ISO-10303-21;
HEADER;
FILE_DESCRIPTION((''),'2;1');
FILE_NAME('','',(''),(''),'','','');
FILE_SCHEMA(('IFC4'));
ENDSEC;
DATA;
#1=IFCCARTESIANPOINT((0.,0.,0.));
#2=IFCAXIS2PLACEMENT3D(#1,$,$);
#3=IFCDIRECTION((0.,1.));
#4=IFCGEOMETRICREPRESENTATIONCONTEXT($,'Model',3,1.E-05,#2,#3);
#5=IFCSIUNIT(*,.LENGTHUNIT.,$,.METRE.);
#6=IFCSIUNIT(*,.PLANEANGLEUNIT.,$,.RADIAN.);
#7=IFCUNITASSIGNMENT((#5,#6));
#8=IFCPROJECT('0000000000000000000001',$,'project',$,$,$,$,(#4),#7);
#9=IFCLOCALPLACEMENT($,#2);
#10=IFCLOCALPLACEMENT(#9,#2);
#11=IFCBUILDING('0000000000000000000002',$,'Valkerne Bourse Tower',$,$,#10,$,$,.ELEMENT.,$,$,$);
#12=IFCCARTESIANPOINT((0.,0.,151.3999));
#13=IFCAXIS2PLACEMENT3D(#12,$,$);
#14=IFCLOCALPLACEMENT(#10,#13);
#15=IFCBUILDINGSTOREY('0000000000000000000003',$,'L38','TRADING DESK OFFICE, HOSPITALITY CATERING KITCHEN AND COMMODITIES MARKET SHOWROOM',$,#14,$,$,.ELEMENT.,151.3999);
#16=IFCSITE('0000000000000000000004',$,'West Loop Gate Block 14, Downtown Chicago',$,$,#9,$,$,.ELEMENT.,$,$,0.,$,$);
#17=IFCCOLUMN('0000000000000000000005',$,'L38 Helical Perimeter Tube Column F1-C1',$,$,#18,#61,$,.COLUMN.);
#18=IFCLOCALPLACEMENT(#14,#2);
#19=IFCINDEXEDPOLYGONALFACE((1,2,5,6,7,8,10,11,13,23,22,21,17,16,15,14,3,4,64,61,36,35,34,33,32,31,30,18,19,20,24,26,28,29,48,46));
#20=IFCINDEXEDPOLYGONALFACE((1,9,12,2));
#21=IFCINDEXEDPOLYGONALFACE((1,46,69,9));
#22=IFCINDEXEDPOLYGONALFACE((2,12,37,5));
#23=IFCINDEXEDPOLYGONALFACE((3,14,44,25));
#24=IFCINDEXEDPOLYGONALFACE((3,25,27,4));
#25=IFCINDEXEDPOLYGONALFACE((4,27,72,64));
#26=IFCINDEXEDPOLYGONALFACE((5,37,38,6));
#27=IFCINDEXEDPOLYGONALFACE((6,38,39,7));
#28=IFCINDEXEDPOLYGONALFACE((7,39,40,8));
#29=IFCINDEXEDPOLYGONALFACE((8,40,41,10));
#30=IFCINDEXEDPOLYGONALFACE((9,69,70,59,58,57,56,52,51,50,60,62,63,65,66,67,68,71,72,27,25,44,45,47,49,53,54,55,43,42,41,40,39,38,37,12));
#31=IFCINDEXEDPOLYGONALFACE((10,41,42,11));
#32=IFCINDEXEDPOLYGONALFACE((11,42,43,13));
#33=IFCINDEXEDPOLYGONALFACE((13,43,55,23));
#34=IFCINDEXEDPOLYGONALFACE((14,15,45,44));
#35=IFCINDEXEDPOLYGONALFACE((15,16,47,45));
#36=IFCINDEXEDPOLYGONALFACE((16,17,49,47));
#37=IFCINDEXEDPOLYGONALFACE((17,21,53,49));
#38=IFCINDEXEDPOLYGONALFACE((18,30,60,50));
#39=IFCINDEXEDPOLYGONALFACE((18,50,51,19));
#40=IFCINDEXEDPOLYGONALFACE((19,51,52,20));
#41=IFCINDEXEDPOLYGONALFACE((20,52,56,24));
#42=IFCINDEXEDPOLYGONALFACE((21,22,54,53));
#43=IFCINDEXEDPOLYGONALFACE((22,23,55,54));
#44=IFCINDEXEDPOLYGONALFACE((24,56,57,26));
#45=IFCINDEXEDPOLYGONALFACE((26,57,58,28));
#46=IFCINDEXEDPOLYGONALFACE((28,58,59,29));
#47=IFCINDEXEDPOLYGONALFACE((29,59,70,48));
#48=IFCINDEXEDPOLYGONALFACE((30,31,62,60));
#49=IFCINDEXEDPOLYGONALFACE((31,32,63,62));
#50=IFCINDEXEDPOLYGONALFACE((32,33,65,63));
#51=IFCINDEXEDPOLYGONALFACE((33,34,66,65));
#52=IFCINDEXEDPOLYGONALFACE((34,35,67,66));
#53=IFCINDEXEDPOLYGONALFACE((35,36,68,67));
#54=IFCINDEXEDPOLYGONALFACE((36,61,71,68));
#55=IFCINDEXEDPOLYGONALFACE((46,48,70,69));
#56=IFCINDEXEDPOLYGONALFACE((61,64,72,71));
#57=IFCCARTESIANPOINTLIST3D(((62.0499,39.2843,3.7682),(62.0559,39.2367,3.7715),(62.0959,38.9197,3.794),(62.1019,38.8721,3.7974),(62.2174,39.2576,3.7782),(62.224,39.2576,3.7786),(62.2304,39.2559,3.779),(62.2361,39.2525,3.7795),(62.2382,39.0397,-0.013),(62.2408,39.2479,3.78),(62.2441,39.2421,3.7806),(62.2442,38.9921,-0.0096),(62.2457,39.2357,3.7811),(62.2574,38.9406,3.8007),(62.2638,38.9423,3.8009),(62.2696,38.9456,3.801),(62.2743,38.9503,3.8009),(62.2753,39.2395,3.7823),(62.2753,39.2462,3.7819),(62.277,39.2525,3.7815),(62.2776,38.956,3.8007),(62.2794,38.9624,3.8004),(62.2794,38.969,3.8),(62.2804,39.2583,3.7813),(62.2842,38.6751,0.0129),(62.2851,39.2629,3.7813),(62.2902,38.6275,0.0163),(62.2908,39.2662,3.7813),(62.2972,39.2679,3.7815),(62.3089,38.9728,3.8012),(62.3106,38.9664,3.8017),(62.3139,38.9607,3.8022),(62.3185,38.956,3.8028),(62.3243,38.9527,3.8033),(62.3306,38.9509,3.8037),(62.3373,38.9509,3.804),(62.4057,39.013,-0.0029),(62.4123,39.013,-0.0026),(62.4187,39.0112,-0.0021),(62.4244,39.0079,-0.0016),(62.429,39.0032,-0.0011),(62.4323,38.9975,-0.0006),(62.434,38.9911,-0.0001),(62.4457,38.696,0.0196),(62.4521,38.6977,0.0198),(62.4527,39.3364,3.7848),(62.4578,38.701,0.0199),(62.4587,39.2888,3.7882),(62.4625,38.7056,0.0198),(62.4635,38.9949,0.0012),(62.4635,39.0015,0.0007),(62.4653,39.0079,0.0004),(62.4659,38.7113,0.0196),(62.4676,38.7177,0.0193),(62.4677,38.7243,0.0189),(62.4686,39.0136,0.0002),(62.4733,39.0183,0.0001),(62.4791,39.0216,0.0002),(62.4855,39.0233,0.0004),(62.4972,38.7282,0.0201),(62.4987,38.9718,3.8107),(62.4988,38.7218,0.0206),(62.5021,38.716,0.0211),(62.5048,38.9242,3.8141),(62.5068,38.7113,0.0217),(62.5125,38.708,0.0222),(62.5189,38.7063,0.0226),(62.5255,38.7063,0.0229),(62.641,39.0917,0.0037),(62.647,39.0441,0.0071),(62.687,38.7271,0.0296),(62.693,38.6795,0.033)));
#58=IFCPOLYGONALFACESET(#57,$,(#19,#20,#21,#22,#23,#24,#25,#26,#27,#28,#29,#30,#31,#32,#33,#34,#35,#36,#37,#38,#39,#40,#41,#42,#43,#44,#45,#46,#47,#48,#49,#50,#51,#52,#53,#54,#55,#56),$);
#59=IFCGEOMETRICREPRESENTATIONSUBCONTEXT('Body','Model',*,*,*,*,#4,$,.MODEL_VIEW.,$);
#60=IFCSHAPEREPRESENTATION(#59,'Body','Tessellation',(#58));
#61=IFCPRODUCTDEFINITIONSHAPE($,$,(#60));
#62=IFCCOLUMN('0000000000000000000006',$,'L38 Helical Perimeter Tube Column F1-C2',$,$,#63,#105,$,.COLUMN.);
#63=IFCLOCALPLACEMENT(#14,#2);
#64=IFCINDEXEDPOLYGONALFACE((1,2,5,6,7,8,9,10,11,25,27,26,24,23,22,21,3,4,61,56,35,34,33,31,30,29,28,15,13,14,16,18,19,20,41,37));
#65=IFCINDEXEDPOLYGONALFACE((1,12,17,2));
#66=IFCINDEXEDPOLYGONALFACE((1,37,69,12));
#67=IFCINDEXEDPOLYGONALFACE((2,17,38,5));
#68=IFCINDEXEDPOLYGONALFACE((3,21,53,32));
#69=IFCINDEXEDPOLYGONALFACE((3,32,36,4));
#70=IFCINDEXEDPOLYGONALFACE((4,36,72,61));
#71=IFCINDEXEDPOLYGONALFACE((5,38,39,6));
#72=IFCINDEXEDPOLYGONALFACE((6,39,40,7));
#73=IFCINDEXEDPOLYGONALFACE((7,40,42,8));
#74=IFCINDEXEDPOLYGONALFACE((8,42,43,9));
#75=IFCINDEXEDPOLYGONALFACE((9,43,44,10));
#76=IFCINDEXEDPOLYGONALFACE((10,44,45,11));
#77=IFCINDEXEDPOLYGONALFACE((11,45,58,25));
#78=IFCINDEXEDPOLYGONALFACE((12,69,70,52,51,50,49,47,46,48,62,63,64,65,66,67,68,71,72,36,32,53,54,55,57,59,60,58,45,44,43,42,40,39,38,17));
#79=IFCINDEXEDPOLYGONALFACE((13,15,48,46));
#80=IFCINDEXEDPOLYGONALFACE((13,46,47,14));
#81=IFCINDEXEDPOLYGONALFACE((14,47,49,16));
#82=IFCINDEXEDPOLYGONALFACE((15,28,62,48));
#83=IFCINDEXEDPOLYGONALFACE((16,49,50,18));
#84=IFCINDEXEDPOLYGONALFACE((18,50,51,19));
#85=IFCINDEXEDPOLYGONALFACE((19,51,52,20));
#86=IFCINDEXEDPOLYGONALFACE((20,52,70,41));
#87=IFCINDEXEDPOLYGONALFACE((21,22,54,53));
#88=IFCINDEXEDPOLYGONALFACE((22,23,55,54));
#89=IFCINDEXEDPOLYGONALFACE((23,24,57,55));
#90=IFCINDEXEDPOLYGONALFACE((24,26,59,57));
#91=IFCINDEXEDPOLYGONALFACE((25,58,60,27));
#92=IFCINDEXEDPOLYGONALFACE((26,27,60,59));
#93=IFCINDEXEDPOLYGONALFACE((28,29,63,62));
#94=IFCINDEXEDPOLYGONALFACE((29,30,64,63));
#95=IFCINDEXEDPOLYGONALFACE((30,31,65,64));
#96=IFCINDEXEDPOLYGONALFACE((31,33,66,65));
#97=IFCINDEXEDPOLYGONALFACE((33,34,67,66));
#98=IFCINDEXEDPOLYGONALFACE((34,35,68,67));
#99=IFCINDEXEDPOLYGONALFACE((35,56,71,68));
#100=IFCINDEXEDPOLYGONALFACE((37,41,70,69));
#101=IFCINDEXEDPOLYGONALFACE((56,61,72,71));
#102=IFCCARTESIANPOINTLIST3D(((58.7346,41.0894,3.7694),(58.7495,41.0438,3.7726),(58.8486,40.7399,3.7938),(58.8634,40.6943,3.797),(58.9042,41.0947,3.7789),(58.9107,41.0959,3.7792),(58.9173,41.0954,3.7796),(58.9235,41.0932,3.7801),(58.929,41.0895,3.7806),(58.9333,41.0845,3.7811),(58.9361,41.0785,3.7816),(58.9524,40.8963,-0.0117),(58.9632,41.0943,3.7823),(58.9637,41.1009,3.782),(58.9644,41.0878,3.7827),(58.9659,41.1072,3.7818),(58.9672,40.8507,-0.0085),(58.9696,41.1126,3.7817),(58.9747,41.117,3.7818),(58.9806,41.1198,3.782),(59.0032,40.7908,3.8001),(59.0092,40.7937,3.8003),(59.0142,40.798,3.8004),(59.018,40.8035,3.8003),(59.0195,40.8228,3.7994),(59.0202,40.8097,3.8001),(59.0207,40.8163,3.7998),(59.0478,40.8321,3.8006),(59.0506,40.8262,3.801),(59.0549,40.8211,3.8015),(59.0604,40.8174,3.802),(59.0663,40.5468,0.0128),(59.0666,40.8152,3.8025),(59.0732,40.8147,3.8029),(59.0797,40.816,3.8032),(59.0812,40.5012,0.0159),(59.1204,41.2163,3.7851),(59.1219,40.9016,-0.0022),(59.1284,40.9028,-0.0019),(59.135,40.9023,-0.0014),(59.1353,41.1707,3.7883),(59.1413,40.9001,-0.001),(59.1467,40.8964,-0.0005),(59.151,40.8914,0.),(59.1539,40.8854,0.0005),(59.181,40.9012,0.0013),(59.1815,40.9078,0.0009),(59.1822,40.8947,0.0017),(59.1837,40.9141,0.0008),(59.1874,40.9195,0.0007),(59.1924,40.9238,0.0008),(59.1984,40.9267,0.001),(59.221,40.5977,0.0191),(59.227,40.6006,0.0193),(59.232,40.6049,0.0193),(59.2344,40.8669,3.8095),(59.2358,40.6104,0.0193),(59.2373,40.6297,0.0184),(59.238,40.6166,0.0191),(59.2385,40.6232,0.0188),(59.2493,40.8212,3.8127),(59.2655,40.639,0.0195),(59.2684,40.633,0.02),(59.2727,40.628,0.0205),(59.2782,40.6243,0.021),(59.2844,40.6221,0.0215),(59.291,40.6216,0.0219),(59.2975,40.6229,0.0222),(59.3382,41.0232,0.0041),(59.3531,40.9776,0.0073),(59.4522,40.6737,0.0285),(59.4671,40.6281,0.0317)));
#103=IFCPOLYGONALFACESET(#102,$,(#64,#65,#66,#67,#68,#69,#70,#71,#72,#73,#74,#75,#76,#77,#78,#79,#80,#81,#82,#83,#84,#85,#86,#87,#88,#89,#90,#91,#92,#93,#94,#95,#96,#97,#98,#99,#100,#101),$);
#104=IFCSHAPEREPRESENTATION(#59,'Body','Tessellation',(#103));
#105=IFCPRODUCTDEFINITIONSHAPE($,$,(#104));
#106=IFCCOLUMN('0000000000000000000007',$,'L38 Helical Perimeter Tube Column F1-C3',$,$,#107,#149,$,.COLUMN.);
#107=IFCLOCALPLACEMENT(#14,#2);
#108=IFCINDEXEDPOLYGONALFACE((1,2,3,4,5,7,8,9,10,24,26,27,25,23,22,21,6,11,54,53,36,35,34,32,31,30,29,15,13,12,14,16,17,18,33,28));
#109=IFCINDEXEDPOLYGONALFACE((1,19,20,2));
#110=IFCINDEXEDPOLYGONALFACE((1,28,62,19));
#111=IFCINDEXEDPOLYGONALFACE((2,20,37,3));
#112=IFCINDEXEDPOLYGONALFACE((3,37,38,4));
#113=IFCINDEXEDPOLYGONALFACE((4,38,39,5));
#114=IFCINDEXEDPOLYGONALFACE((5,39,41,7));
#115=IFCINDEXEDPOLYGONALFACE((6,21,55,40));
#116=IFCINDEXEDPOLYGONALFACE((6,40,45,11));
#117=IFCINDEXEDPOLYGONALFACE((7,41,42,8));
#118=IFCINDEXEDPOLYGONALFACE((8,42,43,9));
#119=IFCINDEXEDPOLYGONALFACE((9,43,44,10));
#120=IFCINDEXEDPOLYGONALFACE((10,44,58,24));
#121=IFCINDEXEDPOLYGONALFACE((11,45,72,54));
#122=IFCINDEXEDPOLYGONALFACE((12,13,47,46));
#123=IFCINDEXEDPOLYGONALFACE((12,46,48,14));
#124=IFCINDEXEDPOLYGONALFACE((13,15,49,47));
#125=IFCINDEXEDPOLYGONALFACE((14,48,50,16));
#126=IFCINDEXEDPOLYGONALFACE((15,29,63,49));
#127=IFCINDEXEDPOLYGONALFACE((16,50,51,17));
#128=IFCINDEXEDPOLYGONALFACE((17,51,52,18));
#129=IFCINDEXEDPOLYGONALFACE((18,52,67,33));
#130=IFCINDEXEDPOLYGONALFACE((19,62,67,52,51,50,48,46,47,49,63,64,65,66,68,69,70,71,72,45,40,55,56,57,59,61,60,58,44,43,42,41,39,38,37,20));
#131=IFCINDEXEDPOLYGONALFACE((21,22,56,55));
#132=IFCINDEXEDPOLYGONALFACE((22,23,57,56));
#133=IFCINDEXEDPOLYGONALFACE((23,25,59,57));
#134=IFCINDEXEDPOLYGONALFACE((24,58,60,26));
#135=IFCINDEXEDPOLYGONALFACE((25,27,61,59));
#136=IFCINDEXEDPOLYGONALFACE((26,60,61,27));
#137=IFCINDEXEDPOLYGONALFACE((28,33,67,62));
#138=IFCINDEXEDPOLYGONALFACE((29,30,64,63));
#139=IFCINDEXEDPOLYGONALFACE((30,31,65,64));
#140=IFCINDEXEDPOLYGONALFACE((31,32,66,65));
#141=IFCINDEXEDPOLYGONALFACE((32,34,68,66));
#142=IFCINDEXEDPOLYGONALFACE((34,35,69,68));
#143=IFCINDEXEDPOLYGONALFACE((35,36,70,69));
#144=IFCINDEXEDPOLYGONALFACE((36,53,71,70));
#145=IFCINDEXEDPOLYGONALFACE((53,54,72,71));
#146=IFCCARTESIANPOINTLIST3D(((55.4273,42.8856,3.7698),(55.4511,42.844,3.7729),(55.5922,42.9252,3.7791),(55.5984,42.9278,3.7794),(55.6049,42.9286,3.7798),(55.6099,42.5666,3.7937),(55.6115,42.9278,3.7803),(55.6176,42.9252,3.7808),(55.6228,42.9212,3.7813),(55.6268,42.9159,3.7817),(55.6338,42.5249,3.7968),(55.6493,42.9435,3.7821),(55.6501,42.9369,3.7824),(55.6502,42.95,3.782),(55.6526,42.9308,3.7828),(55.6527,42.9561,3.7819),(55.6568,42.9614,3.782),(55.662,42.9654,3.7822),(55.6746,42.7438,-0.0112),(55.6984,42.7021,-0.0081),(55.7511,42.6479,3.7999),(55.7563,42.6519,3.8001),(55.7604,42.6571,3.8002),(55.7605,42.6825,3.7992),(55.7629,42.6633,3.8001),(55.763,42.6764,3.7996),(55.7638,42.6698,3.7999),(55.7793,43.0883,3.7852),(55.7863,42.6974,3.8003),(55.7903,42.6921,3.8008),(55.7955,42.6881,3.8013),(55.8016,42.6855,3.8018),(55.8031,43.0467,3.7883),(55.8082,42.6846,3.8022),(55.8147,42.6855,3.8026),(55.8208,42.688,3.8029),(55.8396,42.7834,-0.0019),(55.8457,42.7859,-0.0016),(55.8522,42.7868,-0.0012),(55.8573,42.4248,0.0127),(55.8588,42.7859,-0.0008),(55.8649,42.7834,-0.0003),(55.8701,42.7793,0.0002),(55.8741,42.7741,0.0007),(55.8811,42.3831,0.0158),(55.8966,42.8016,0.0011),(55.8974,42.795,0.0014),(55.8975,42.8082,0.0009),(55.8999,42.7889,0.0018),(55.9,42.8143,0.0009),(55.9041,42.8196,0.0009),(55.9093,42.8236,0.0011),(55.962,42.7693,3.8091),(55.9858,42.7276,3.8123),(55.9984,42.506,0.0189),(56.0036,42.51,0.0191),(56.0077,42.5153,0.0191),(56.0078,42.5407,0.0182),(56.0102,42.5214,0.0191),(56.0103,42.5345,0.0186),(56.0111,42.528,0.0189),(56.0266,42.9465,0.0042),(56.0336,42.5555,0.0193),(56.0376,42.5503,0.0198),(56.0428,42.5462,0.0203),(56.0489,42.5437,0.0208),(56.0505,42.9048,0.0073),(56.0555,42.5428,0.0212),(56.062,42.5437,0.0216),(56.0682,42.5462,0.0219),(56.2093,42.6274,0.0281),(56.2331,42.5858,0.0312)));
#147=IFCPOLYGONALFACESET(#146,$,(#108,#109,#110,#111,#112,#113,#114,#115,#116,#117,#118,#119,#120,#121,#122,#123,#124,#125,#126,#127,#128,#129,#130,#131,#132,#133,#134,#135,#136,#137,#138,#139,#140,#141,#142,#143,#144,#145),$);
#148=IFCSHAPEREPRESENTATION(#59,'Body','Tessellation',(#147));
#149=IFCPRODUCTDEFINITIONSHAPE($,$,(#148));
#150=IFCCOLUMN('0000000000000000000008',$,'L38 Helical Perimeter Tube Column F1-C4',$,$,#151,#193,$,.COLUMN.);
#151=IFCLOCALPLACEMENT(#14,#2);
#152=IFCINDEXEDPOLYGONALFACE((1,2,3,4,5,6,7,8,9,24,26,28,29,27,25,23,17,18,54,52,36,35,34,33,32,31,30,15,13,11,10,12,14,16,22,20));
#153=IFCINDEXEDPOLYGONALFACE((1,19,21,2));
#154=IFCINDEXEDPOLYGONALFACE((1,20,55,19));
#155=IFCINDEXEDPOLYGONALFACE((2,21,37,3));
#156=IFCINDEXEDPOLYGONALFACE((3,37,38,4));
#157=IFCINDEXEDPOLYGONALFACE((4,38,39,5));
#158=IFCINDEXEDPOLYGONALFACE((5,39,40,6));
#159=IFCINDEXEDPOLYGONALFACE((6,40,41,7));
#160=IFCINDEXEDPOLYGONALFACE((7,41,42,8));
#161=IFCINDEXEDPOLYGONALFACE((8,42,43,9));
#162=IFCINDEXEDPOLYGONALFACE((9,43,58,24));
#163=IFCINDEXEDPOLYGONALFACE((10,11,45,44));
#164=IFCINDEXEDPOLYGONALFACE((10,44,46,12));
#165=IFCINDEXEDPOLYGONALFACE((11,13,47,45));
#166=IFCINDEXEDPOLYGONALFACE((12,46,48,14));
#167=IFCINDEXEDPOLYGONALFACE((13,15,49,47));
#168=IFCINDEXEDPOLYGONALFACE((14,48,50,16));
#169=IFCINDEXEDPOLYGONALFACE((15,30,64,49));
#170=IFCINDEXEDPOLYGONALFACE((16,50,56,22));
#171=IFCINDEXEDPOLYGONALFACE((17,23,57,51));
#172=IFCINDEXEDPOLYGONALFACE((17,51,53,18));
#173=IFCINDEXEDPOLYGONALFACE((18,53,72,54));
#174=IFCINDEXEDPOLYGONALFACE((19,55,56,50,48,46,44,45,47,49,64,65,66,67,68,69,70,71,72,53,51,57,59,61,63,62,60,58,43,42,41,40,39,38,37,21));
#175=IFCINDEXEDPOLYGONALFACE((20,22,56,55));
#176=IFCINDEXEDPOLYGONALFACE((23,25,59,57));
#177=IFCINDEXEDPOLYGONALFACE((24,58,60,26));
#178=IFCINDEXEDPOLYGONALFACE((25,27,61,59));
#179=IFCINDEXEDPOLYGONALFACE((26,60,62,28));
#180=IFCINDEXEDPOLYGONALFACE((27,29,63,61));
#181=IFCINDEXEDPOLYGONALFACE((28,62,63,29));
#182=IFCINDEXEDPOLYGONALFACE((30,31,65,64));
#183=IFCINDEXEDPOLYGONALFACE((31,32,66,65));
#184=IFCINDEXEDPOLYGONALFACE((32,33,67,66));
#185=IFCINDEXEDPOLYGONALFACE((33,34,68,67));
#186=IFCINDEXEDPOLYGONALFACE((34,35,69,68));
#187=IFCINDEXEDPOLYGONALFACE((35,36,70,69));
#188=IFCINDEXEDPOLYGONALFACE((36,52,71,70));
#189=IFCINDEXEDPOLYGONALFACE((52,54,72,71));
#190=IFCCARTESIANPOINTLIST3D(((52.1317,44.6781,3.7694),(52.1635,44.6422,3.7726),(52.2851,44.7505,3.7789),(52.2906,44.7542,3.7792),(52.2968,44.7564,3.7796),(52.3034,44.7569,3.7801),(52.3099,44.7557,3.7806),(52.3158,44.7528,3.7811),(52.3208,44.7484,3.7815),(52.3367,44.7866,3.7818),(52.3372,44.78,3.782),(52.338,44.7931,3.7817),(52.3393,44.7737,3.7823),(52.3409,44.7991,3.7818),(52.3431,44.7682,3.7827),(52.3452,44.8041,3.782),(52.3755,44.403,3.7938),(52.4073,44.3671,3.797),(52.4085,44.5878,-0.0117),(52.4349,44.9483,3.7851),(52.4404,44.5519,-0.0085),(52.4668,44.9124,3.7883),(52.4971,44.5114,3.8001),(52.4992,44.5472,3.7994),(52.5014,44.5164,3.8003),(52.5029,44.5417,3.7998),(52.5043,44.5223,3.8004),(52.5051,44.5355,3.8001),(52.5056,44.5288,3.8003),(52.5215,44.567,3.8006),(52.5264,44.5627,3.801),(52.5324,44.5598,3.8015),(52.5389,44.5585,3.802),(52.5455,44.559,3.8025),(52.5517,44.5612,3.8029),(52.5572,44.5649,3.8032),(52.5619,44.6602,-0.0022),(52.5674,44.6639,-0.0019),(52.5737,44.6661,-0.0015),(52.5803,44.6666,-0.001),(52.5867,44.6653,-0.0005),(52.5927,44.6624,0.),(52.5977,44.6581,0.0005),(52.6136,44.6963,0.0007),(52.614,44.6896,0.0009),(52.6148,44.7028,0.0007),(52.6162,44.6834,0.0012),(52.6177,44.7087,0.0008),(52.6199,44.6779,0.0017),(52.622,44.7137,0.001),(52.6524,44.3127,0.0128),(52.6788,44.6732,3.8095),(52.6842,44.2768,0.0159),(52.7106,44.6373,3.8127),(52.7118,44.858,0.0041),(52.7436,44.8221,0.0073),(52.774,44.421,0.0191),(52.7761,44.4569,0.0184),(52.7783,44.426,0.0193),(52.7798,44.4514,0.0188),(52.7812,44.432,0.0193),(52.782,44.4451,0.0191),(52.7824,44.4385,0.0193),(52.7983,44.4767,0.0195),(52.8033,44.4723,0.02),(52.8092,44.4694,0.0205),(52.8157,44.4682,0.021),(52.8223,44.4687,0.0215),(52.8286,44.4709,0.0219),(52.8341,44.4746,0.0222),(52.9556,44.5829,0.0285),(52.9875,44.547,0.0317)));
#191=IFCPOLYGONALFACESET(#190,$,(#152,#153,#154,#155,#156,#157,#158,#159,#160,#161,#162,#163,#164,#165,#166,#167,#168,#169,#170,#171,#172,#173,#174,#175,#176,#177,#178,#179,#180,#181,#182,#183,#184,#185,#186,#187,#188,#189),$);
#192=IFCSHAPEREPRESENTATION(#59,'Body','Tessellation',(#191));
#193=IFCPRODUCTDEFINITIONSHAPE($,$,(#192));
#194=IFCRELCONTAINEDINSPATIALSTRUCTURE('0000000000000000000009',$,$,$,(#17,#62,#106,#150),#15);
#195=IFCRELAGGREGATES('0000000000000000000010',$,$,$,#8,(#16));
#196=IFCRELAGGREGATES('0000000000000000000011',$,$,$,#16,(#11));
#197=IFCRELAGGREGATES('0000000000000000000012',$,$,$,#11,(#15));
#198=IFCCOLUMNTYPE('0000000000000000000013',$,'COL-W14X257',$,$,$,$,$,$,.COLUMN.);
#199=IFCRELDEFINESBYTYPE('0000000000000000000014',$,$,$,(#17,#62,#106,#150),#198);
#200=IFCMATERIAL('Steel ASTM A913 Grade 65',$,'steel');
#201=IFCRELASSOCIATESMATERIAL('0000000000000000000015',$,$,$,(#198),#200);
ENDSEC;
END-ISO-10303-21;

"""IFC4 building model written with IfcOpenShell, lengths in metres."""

from ifc_helpers import new_model, si_unit, direction, frame, origin, origin_2d, place, context, subcontext, project, spatial, i_section, extrude, material, material_profile, profile_set, type_object, element, save


model = new_model("IFC4")

# Units and contexts
model_context = context("Model", 3, precision=1e-05, world=origin(), true_north=direction((0.0, 1.0)))
body_context = subcontext(model_context, "Body", "Model", "MODEL_VIEW")
ifc_project = project(units=[si_unit("LENGTHUNIT", "METRE"), si_unit("PLANEANGLEUNIT", "RADIAN")], contexts=[model_context])

# Site, building, storey
site_placement = place(None, origin())
site = spatial("IfcSite", under=ifc_project, at=site_placement, Name="West Loop Gate Block 14, Downtown Chicago", CompositionType="ELEMENT", RefElevation=0.0)
building_placement = place(site_placement, origin())
building = spatial("IfcBuilding", under=site, at=building_placement, Name="Valkerne Bourse Tower", CompositionType="ELEMENT")
storey_placement = place(building_placement, frame((0.0, 0.0, 151.3999)))
storey = spatial("IfcBuildingStorey", under=building, at=storey_placement, Name="L38", Description="TRADING DESK OFFICE, HOSPITALITY CATERING KITCHEN AND COMMODITIES MARKET SHOWROOM", CompositionType="ELEMENT", Elevation=151.3999)

# Columns
ifc_material_1 = material(Name="Steel ASTM A913 Grade 65", Category="steel")
ifc_material_profile_1 = material_profile(ifc_material_1, i_section(OverallWidth=0.4065, OverallDepth=0.4165, WebThickness=0.0298, FlangeThickness=0.0481, FilletRadius=0.0254, at=origin_2d()), Name="W14X257")
ifc_profile_set_1 = profile_set([ifc_material_profile_1], Name="Steel ASTM A913 Grade 65")
column_type = type_object("IfcColumnType", Name="COL-W14X257", PredefinedType="COLUMN", material=ifc_profile_set_1)
column_1_placement = place(storey_placement, frame((62.4656, 38.8596, 0.01), z_axis=(-0.049619, 0.064485, 0.996684), x_axis=(0.990925, 0.12799, 0.041051)))
element("IfcColumn", 1, at=column_1_placement, inside=storey, type_object=column_type, Name="L38 Helical Perimeter Tube Column F1-C1", PredefinedType="COLUMN", context=body_context, shape_type="SweptSolid", body=[
    extrude(i_section(OverallWidth=0.4065, OverallDepth=0.4165, WebThickness=0.0298, FlangeThickness=0.0481, FilletRadius=0.0254, at=origin_2d()), origin(), (0.0, 0.0, 1.0), 3.7937),
])
column_2_placement = place(storey_placement, frame((59.2097, 40.7622, 0.01), z_axis=(-0.057427, 0.050924, 0.99705), x_axis=(0.949216, 0.312233, 0.038724)))
element("IfcColumn", 2, at=column_2_placement, inside=storey, type_object=column_type, Name="L38 Helical Perimeter Tube Column F1-C2", PredefinedType="COLUMN", context=body_context, shape_type="SweptSolid", body=[
    extrude(i_section(OverallWidth=0.4065, OverallDepth=0.4165, WebThickness=0.0298, FlangeThickness=0.0481, FilletRadius=0.0254, at=origin_2d()), origin(), (0.0, 0.0, 1.0), 3.7922),
])
column_3_placement = place(storey_placement, frame((55.9539, 42.6648, 0.01), z_axis=(-0.065225, 0.037409, 0.997169), x_axis=(0.865972, 0.498651, 0.037936)))
element("IfcColumn", 3, at=column_3_placement, inside=storey, type_object=column_type, Name="L38 Helical Perimeter Tube Column F1-C3", PredefinedType="COLUMN", context=body_context, shape_type="SweptSolid", body=[
    extrude(i_section(OverallWidth=0.4065, OverallDepth=0.4165, WebThickness=0.0298, FlangeThickness=0.0481, FilletRadius=0.0254, at=origin_2d()), origin(), (0.0, 0.0, 1.0), 3.7917),
])
column_4_placement = place(storey_placement, frame((52.698, 44.5674, 0.01), z_axis=(-0.073006, 0.02382, 0.997047), x_axis=(0.746039, 0.664775, 0.038745)))
element("IfcColumn", 4, at=column_4_placement, inside=storey, type_object=column_type, Name="L38 Helical Perimeter Tube Column F1-C4", PredefinedType="COLUMN", context=body_context, shape_type="SweptSolid", body=[
    extrude(i_section(OverallWidth=0.4065, OverallDepth=0.4165, WebThickness=0.0298, FlangeThickness=0.0481, FilletRadius=0.0254, at=origin_2d()), origin(), (0.0, 0.0, 1.0), 3.7922),
])

save(model, "model.ifc")
